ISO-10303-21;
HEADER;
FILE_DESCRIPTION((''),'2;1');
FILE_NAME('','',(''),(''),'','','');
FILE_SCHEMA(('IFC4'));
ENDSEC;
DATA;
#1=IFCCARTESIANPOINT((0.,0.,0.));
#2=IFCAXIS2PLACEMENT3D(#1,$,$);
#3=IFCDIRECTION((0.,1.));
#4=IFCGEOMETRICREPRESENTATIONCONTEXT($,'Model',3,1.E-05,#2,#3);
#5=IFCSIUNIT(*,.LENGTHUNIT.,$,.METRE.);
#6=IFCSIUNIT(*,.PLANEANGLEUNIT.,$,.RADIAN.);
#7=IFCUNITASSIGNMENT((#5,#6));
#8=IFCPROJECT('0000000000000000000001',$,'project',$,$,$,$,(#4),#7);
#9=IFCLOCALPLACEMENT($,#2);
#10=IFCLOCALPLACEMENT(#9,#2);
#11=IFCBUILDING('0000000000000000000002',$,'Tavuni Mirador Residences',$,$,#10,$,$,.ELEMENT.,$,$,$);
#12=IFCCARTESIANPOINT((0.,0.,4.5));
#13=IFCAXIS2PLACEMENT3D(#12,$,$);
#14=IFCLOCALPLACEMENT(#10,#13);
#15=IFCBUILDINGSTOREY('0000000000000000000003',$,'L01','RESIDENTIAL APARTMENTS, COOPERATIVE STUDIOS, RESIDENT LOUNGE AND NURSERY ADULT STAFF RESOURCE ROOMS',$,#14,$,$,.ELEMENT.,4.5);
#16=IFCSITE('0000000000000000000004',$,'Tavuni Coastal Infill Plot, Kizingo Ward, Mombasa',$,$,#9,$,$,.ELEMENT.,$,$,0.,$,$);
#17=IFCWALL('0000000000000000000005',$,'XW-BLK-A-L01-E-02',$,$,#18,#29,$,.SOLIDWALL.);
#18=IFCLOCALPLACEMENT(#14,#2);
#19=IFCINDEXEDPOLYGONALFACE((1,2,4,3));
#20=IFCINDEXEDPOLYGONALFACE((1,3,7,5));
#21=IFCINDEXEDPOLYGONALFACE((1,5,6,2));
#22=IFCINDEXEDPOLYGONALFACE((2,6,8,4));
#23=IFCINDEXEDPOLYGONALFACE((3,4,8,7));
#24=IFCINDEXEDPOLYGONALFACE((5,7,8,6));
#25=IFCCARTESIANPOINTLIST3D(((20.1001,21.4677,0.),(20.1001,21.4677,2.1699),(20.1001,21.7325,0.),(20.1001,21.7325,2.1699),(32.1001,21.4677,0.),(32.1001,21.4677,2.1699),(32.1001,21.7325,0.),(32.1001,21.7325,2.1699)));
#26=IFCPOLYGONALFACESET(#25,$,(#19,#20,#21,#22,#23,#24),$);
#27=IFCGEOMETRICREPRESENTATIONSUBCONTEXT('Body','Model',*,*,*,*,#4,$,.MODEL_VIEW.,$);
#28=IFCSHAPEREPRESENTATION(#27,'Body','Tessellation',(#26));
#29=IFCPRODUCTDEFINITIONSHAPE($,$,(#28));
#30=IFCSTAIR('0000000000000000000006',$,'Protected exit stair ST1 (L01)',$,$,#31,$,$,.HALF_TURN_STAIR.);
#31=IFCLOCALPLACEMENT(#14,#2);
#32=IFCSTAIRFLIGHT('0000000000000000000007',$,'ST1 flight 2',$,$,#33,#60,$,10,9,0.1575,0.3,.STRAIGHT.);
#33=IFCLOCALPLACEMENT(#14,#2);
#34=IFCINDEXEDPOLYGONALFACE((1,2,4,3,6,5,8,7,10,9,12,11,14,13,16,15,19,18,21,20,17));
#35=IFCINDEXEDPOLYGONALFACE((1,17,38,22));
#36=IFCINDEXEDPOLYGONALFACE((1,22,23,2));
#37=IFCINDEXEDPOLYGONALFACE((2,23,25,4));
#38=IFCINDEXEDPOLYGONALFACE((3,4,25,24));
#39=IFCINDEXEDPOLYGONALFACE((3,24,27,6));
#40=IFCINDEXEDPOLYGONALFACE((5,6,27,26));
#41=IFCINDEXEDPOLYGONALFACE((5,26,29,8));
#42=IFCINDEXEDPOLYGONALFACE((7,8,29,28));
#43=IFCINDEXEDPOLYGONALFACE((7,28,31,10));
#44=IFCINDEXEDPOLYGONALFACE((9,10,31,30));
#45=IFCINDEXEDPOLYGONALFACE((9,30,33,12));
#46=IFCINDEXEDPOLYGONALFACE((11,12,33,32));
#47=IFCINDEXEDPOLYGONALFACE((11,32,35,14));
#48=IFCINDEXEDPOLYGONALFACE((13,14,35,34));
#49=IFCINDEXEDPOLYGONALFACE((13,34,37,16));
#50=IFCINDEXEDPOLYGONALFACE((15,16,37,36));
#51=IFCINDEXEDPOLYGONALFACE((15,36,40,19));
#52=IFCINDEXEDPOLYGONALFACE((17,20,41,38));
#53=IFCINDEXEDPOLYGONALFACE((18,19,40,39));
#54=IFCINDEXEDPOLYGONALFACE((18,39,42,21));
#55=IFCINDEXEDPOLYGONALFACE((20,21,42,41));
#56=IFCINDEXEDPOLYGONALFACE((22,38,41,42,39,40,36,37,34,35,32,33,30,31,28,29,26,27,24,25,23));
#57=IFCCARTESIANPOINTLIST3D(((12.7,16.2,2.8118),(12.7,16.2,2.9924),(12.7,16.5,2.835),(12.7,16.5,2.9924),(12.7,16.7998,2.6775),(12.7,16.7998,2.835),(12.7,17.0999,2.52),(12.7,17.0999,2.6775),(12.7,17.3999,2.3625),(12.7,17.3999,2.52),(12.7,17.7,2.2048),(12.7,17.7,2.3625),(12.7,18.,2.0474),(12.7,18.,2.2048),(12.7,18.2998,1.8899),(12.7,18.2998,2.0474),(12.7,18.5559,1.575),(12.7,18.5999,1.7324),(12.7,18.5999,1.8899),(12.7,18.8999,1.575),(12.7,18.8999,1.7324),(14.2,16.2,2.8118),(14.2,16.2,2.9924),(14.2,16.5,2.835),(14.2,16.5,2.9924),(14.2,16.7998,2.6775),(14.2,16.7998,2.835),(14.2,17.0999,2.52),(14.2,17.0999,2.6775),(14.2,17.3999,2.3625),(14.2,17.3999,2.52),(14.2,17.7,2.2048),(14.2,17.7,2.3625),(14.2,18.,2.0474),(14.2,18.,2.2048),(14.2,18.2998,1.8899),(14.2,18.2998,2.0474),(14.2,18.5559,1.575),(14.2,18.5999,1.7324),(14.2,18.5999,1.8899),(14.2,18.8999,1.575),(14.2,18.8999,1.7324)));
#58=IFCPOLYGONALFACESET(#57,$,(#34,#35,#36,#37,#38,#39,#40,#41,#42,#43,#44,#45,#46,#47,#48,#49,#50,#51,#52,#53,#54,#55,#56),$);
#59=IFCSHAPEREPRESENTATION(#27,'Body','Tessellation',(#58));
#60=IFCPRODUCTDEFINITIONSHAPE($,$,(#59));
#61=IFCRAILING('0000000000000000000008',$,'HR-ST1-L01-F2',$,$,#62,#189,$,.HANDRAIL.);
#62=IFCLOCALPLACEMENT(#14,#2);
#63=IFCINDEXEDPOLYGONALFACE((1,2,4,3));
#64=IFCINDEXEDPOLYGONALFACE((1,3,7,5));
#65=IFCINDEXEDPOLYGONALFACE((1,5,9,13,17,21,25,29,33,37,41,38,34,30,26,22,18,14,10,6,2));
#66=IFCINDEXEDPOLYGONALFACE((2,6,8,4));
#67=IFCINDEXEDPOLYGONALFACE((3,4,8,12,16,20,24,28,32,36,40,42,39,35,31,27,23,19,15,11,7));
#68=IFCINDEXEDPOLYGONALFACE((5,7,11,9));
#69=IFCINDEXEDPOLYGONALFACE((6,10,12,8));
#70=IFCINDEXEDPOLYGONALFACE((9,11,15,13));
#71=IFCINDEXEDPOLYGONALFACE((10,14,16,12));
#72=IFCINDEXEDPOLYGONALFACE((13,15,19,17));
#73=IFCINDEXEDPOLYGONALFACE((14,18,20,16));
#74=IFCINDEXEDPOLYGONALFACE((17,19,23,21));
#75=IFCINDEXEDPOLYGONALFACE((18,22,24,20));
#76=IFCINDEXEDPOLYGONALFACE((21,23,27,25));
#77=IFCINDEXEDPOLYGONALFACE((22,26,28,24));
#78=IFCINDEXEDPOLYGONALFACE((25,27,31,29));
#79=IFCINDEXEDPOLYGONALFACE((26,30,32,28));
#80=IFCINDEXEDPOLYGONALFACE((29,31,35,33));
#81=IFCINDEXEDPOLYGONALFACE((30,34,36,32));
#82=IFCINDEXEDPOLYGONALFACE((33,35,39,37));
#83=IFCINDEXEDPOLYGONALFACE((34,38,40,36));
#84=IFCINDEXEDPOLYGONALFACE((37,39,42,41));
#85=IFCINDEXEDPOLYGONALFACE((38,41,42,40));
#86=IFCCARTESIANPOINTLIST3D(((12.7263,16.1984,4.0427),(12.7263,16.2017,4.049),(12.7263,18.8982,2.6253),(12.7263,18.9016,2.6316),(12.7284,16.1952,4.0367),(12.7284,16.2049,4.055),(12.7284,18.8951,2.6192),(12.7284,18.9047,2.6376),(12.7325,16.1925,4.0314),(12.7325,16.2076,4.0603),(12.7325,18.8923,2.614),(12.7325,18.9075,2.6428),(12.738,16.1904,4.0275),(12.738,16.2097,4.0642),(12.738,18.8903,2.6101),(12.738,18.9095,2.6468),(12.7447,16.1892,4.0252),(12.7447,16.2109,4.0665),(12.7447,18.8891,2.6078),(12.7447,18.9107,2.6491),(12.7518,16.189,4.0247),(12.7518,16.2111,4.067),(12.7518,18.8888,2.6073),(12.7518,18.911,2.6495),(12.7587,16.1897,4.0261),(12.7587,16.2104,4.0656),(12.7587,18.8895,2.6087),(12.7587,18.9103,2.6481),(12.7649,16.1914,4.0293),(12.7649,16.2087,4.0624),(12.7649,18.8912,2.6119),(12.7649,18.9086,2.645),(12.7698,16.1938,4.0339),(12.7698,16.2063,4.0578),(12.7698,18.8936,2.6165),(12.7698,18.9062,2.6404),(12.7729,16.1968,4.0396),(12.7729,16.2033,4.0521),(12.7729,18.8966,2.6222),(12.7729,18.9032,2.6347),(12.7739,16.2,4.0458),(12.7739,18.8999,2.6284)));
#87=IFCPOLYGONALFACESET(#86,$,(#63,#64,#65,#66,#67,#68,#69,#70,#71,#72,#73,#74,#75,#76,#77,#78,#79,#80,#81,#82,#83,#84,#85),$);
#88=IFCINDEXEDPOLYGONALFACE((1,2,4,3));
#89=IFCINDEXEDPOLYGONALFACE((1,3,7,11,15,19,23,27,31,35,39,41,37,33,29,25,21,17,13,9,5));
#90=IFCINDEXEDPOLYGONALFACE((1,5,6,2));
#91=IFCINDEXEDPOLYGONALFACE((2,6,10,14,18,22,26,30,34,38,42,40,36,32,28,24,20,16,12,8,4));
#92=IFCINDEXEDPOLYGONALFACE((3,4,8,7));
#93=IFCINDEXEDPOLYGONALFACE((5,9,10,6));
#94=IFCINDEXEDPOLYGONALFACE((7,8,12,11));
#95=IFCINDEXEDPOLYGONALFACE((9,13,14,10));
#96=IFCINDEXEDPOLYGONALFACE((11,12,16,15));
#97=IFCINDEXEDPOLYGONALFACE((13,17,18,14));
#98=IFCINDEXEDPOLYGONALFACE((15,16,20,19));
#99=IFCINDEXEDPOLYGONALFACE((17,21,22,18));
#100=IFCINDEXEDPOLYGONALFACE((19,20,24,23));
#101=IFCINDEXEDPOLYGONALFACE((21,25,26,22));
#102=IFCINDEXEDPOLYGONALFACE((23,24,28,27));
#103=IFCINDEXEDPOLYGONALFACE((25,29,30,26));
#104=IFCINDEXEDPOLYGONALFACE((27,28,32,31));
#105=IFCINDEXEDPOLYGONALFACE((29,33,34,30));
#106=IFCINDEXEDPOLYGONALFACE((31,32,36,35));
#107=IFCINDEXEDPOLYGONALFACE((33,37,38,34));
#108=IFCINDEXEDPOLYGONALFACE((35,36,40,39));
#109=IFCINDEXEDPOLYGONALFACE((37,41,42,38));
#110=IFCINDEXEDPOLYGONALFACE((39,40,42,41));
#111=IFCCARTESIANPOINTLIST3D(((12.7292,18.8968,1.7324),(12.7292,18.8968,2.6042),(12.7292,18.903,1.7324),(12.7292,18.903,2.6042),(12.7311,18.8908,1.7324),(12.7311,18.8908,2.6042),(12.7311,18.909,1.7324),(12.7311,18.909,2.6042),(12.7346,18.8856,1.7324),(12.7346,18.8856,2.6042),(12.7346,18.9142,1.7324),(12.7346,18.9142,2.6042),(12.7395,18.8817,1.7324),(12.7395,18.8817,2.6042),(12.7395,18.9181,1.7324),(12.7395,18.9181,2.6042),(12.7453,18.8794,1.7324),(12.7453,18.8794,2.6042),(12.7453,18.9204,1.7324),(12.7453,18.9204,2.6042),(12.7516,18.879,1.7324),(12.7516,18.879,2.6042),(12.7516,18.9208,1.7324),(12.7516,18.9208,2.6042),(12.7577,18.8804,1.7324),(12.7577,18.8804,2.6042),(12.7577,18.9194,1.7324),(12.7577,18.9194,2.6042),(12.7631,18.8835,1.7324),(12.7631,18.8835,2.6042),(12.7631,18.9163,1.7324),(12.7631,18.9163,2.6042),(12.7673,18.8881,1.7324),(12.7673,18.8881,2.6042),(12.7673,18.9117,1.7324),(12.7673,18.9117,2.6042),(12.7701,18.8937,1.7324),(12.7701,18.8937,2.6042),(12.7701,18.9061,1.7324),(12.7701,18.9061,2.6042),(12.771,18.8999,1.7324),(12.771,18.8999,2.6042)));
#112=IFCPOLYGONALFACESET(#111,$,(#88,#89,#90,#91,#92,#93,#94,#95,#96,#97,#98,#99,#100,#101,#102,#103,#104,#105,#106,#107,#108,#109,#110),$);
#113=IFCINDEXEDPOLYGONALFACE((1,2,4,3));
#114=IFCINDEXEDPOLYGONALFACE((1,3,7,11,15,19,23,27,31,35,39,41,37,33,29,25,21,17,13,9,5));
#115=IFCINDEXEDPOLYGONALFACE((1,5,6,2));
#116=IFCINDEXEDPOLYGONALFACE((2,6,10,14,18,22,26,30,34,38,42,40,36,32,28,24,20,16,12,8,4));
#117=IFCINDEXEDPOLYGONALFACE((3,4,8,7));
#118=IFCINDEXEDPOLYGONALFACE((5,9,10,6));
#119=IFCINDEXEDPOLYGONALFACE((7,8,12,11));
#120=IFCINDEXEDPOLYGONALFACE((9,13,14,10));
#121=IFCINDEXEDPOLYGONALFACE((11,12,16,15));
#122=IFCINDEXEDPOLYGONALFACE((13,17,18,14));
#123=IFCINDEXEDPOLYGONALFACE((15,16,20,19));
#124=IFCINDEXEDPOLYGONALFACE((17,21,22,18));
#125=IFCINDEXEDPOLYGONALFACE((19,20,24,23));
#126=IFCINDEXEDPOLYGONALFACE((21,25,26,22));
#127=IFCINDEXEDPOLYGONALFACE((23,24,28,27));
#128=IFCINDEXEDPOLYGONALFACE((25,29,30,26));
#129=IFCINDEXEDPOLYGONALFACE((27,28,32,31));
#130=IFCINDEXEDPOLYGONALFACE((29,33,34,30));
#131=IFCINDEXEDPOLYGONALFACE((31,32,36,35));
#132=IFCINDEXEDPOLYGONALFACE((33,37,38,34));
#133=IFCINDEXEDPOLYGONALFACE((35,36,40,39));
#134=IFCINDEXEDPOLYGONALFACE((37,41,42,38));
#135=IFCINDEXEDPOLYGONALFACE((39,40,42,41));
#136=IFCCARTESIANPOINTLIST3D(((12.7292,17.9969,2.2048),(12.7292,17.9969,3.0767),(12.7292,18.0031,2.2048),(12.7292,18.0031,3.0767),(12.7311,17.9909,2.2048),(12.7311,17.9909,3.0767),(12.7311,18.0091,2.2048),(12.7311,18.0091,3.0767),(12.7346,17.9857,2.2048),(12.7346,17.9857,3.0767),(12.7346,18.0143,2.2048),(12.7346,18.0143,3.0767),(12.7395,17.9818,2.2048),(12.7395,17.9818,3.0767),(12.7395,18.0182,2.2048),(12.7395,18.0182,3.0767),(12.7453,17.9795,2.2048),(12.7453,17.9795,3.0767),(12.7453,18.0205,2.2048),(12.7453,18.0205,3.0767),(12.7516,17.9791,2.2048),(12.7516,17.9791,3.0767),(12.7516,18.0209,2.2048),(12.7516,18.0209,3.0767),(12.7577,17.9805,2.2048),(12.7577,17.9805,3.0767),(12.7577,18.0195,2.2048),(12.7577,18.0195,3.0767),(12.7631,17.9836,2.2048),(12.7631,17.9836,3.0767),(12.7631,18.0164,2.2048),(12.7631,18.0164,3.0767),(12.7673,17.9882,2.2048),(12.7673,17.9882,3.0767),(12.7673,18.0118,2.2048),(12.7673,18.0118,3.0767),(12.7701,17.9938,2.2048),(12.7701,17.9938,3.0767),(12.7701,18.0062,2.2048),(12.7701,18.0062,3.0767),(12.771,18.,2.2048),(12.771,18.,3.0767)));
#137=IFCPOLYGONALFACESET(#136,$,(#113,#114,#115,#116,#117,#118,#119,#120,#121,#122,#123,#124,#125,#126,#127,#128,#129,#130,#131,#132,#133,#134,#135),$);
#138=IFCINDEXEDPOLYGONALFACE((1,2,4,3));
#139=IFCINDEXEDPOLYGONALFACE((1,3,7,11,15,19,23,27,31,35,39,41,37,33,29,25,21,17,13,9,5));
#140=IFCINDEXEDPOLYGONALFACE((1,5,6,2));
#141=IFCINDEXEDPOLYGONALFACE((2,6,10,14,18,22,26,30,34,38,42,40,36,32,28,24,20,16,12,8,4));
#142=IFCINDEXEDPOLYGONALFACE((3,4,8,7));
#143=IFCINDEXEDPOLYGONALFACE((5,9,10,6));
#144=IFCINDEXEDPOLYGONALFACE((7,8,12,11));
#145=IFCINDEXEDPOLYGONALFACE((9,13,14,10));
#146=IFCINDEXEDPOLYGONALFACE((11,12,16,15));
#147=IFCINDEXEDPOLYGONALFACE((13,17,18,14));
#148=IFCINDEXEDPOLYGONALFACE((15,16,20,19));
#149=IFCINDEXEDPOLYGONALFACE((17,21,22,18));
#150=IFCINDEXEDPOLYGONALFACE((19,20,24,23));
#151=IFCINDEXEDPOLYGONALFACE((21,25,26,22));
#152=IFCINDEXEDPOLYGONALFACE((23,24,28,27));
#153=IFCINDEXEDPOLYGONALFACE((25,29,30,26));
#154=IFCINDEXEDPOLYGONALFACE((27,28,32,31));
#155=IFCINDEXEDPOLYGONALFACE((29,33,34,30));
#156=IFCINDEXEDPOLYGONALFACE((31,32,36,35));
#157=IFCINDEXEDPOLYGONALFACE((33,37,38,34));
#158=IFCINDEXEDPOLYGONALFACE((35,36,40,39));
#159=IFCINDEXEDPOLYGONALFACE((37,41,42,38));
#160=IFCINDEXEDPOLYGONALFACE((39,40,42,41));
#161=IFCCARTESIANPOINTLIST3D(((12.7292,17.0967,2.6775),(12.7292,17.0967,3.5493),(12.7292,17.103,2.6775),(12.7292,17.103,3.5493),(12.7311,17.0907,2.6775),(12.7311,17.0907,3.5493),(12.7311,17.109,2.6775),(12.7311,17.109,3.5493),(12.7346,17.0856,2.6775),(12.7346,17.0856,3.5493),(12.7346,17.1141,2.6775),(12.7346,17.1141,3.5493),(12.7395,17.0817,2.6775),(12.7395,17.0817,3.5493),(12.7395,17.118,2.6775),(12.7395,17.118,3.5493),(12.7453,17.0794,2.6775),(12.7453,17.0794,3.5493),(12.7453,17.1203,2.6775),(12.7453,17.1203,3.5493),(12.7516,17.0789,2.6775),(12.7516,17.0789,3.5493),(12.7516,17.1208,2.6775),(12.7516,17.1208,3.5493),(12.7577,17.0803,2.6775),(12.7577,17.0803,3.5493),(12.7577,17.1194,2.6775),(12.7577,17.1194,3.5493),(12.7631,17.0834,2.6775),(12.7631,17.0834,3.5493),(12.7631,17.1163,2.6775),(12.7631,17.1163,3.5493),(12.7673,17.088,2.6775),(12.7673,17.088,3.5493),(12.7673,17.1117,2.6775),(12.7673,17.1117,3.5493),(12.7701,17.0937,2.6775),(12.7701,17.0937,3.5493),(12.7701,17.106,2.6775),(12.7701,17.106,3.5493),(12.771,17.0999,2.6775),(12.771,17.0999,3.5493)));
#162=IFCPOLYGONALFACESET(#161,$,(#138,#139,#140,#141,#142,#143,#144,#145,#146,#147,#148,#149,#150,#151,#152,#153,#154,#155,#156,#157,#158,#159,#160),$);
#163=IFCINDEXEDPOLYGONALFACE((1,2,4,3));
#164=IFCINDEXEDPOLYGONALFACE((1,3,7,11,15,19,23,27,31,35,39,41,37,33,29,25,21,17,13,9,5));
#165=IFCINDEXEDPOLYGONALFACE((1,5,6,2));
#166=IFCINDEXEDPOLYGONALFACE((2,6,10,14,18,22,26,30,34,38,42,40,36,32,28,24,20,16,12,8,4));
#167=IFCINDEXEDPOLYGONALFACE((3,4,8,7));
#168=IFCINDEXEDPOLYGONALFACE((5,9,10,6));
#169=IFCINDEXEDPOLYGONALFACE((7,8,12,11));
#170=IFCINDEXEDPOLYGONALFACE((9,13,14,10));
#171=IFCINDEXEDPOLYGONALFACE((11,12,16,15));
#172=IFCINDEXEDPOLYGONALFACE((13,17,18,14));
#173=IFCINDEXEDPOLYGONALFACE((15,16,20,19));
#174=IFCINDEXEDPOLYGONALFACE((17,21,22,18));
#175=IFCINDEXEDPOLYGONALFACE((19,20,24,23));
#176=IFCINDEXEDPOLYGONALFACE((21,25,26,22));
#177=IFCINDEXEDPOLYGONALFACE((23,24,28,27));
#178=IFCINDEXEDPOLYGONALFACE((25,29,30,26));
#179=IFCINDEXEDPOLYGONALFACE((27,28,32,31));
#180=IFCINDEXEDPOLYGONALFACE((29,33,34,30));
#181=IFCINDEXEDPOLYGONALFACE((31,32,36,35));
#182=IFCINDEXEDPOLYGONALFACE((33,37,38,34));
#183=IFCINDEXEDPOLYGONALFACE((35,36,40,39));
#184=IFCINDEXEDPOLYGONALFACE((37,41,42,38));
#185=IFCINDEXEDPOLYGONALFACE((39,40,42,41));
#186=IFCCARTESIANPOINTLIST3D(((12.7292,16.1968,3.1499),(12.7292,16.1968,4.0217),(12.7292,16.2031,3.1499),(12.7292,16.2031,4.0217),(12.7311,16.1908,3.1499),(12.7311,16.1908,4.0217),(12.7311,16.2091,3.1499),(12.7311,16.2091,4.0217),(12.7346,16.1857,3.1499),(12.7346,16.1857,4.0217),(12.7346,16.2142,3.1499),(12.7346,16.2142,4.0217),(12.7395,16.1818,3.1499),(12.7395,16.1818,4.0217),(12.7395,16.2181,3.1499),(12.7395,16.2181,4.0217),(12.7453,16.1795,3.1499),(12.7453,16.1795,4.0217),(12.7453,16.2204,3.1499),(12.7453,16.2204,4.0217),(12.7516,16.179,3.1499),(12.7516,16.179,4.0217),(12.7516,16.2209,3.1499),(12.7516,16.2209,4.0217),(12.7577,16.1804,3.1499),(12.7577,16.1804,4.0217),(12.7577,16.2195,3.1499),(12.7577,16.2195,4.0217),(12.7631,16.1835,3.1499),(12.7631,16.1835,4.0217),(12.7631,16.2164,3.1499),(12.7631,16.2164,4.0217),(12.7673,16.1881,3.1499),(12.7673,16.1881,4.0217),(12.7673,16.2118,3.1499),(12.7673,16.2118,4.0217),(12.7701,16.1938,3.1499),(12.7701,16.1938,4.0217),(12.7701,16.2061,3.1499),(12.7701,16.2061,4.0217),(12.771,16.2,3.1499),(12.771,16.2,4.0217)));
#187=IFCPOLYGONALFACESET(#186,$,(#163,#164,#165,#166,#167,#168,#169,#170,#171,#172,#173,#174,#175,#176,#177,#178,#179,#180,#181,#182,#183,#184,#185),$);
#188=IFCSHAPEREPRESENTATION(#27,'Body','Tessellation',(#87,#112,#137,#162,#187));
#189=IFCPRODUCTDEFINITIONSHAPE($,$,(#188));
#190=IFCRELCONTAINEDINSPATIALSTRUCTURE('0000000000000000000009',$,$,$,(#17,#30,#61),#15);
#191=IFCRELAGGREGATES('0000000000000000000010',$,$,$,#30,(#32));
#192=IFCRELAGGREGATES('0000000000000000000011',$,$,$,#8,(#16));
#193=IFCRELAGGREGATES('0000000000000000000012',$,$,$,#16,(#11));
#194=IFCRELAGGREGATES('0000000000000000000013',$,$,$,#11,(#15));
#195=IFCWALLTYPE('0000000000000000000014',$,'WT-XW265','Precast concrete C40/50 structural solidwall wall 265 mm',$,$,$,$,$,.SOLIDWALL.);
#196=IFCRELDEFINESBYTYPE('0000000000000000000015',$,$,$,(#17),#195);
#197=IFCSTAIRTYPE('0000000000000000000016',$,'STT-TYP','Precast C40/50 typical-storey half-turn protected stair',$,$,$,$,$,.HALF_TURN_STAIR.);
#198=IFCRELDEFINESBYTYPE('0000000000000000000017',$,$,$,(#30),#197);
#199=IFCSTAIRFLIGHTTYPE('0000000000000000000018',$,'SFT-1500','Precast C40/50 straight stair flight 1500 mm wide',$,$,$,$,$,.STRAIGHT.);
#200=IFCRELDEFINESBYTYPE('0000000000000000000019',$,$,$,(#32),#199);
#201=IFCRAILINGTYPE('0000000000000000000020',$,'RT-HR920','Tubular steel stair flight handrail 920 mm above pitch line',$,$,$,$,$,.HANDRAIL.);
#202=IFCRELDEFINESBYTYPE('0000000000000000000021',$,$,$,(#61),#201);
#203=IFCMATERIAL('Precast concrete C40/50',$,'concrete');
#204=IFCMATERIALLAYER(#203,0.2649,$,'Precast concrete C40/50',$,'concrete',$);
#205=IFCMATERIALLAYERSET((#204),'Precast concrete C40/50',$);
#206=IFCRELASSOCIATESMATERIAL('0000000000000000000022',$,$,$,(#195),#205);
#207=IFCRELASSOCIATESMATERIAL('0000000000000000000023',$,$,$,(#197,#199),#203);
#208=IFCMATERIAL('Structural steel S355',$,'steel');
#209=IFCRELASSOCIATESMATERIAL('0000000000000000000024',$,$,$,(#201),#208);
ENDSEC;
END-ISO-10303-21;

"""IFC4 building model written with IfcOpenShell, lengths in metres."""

from ifc_helpers import new_model, si_unit, direction, frame, frame_2d, origin, origin_2d, place, context, subcontext, project, spatial, polyline, rectangle, circle, outline, extrude, material, layer, layer_set, type_object, element, aggregate, save


model = new_model("IFC4")

# Units and contexts
model_context = context("Model", 3, precision=1e-05, world=origin(), true_north=direction((0.0, 1.0)))
body_context = subcontext(model_context, "Body", "Model", "MODEL_VIEW")
ifc_project = project(units=[si_unit("LENGTHUNIT", "METRE"), si_unit("PLANEANGLEUNIT", "RADIAN")], contexts=[model_context])

# Site, building, storey
site_placement = place(None, origin())
site = spatial("IfcSite", under=ifc_project, at=site_placement, Name="Tavuni Coastal Infill Plot, Kizingo Ward, Mombasa", CompositionType="ELEMENT", RefElevation=0.0)
building_placement = place(site_placement, origin())
building = spatial("IfcBuilding", under=site, at=building_placement, Name="Tavuni Mirador Residences", CompositionType="ELEMENT")
storey_placement = place(building_placement, frame((0.0, 0.0, 4.5)))
storey = spatial("IfcBuildingStorey", under=building, at=storey_placement, Name="L01", Description="RESIDENTIAL APARTMENTS, COOPERATIVE STUDIOS, RESIDENT LOUNGE AND NURSERY ADULT STAFF RESOURCE ROOMS", CompositionType="ELEMENT", Elevation=4.5)

# Shared definitions
ifc_material_1 = material(Name="Precast concrete C40/50", Category="concrete")

# Shared definitions
ifc_material_2 = material(Name="Structural steel S355", Category="steel")

# Wall
ifc_layer_1 = layer(ifc_material_1, 0.2649, Name="Precast concrete C40/50", Category="concrete")
ifc_layer_set_1 = layer_set([ifc_layer_1], Name="Precast concrete C40/50")
wall_type_1 = type_object("IfcWallType", Name="WT-XW265", Description="Precast concrete C40/50 structural solidwall wall 265 mm", PredefinedType="SOLIDWALL", material=ifc_layer_set_1)
wall_1_placement = place(storey_placement, frame((20.1001, 21.6001, 0.0), z_axis=(0.0, 0.0, 1.0), x_axis=(1.0, 0.0, 0.0)))
element("IfcWall", 1, at=wall_1_placement, inside=storey, type_object=wall_type_1, Name="XW-BLK-A-L01-E-02", PredefinedType="SOLIDWALL", context=body_context, shape_type="SweptSolid", body=[
    extrude(rectangle(XDim=12.0, YDim=0.2649, at=frame_2d((6.0, 0.0))), origin(), (0.0, 0.0, 1.0), 2.1699),
])

# Stair, stair flight
stair_type = type_object("IfcStairType", Name="STT-TYP", Description="Precast C40/50 typical-storey half-turn protected stair", PredefinedType="HALF_TURN_STAIR", material=ifc_material_1)
stair_placement = place(storey_placement, origin())
stair = element("IfcStair", 2, at=stair_placement, inside=storey, type_object=stair_type, Name="Protected exit stair ST1 (L01)", PredefinedType="HALF_TURN_STAIR")
stair_flight_type = type_object("IfcStairFlightType", Name="SFT-1500", Description="Precast C40/50 straight stair flight 1500 mm wide", PredefinedType="STRAIGHT", material=ifc_material_1)
stair_flight_placement = place(storey_placement, frame((13.45, 18.8999, 1.575), z_axis=(0.0, 0.0, 1.0), x_axis=(0.0, -1.0, 0.0)))
stair_flight = element("IfcStairFlight", 3, at=stair_flight_placement, type_object=stair_flight_type, Name="ST1 flight 2", NumberOfRisers=10, NumberOfTreads=9, PredefinedType="STRAIGHT", RiserHeight=0.1575, TreadLength=0.3, context=body_context, shape_type="SweptSolid", body=[
    extrude(outline(polyline([(0.0, 0.0), (0.0, 0.1575), (0.3, 0.1575), (0.3, 0.3149), (0.6001, 0.3149), (0.6001, 0.4724), (0.8999, 0.4724), (0.8999, 0.6299), (1.2, 0.6299), (1.2, 0.7876), (1.5, 0.7876), (1.5, 0.9451), (1.8, 0.9451), (1.8, 1.1025), (2.1001, 1.1025), (2.1001, 1.26), (2.3999, 1.26), (2.3999, 1.4175), (2.7, 1.4175), (2.7, 1.575), (2.7, 1.2368), (0.344, 0.0), (0.0, 0.0)])), frame((0.0, 0.75, 0.0), z_axis=(0.0, -1.0, 0.0), x_axis=(1.0, 0.0, 0.0)), (0.0, 0.0, 1.0), 1.5),
])
aggregate(stair, [stair_flight])

# Railing
railing_type = type_object("IfcRailingType", Name="RT-HR920", Description="Tubular steel stair flight handrail 920 mm above pitch line", PredefinedType="HANDRAIL", material=ifc_material_2)
railing_placement = place(storey_placement, frame((12.75, 18.8999, 1.7324)))
element("IfcRailing", 4, at=railing_placement, inside=storey, type_object=railing_type, Name="HR-ST1-L01-F2", PredefinedType="HANDRAIL", context=body_context, shape_type="SweptSolid", body=[
    extrude(circle(Radius=0.0239, at=origin_2d()), frame((0.0, 0.0, 0.896), z_axis=(0.0, -0.885397, 0.464835), x_axis=(1.0, 0.0, 0.0)), (0.0, 0.0, 1.0), 3.0493),
    extrude(circle(Radius=0.021, at=origin_2d()), origin(), (0.0, 0.0, 1.0), 0.8718),
    extrude(circle(Radius=0.021, at=origin_2d()), frame((0.0, -0.8999, 0.4724)), (0.0, 0.0, 1.0), 0.8718),
    extrude(circle(Radius=0.021, at=origin_2d()), frame((0.0, -1.8, 0.9451)), (0.0, 0.0, 1.0), 0.8718),
    extrude(circle(Radius=0.021, at=origin_2d()), frame((0.0, -2.7, 1.4175)), (0.0, 0.0, 1.0), 0.8718),
])

save(model, "model.ifc")
